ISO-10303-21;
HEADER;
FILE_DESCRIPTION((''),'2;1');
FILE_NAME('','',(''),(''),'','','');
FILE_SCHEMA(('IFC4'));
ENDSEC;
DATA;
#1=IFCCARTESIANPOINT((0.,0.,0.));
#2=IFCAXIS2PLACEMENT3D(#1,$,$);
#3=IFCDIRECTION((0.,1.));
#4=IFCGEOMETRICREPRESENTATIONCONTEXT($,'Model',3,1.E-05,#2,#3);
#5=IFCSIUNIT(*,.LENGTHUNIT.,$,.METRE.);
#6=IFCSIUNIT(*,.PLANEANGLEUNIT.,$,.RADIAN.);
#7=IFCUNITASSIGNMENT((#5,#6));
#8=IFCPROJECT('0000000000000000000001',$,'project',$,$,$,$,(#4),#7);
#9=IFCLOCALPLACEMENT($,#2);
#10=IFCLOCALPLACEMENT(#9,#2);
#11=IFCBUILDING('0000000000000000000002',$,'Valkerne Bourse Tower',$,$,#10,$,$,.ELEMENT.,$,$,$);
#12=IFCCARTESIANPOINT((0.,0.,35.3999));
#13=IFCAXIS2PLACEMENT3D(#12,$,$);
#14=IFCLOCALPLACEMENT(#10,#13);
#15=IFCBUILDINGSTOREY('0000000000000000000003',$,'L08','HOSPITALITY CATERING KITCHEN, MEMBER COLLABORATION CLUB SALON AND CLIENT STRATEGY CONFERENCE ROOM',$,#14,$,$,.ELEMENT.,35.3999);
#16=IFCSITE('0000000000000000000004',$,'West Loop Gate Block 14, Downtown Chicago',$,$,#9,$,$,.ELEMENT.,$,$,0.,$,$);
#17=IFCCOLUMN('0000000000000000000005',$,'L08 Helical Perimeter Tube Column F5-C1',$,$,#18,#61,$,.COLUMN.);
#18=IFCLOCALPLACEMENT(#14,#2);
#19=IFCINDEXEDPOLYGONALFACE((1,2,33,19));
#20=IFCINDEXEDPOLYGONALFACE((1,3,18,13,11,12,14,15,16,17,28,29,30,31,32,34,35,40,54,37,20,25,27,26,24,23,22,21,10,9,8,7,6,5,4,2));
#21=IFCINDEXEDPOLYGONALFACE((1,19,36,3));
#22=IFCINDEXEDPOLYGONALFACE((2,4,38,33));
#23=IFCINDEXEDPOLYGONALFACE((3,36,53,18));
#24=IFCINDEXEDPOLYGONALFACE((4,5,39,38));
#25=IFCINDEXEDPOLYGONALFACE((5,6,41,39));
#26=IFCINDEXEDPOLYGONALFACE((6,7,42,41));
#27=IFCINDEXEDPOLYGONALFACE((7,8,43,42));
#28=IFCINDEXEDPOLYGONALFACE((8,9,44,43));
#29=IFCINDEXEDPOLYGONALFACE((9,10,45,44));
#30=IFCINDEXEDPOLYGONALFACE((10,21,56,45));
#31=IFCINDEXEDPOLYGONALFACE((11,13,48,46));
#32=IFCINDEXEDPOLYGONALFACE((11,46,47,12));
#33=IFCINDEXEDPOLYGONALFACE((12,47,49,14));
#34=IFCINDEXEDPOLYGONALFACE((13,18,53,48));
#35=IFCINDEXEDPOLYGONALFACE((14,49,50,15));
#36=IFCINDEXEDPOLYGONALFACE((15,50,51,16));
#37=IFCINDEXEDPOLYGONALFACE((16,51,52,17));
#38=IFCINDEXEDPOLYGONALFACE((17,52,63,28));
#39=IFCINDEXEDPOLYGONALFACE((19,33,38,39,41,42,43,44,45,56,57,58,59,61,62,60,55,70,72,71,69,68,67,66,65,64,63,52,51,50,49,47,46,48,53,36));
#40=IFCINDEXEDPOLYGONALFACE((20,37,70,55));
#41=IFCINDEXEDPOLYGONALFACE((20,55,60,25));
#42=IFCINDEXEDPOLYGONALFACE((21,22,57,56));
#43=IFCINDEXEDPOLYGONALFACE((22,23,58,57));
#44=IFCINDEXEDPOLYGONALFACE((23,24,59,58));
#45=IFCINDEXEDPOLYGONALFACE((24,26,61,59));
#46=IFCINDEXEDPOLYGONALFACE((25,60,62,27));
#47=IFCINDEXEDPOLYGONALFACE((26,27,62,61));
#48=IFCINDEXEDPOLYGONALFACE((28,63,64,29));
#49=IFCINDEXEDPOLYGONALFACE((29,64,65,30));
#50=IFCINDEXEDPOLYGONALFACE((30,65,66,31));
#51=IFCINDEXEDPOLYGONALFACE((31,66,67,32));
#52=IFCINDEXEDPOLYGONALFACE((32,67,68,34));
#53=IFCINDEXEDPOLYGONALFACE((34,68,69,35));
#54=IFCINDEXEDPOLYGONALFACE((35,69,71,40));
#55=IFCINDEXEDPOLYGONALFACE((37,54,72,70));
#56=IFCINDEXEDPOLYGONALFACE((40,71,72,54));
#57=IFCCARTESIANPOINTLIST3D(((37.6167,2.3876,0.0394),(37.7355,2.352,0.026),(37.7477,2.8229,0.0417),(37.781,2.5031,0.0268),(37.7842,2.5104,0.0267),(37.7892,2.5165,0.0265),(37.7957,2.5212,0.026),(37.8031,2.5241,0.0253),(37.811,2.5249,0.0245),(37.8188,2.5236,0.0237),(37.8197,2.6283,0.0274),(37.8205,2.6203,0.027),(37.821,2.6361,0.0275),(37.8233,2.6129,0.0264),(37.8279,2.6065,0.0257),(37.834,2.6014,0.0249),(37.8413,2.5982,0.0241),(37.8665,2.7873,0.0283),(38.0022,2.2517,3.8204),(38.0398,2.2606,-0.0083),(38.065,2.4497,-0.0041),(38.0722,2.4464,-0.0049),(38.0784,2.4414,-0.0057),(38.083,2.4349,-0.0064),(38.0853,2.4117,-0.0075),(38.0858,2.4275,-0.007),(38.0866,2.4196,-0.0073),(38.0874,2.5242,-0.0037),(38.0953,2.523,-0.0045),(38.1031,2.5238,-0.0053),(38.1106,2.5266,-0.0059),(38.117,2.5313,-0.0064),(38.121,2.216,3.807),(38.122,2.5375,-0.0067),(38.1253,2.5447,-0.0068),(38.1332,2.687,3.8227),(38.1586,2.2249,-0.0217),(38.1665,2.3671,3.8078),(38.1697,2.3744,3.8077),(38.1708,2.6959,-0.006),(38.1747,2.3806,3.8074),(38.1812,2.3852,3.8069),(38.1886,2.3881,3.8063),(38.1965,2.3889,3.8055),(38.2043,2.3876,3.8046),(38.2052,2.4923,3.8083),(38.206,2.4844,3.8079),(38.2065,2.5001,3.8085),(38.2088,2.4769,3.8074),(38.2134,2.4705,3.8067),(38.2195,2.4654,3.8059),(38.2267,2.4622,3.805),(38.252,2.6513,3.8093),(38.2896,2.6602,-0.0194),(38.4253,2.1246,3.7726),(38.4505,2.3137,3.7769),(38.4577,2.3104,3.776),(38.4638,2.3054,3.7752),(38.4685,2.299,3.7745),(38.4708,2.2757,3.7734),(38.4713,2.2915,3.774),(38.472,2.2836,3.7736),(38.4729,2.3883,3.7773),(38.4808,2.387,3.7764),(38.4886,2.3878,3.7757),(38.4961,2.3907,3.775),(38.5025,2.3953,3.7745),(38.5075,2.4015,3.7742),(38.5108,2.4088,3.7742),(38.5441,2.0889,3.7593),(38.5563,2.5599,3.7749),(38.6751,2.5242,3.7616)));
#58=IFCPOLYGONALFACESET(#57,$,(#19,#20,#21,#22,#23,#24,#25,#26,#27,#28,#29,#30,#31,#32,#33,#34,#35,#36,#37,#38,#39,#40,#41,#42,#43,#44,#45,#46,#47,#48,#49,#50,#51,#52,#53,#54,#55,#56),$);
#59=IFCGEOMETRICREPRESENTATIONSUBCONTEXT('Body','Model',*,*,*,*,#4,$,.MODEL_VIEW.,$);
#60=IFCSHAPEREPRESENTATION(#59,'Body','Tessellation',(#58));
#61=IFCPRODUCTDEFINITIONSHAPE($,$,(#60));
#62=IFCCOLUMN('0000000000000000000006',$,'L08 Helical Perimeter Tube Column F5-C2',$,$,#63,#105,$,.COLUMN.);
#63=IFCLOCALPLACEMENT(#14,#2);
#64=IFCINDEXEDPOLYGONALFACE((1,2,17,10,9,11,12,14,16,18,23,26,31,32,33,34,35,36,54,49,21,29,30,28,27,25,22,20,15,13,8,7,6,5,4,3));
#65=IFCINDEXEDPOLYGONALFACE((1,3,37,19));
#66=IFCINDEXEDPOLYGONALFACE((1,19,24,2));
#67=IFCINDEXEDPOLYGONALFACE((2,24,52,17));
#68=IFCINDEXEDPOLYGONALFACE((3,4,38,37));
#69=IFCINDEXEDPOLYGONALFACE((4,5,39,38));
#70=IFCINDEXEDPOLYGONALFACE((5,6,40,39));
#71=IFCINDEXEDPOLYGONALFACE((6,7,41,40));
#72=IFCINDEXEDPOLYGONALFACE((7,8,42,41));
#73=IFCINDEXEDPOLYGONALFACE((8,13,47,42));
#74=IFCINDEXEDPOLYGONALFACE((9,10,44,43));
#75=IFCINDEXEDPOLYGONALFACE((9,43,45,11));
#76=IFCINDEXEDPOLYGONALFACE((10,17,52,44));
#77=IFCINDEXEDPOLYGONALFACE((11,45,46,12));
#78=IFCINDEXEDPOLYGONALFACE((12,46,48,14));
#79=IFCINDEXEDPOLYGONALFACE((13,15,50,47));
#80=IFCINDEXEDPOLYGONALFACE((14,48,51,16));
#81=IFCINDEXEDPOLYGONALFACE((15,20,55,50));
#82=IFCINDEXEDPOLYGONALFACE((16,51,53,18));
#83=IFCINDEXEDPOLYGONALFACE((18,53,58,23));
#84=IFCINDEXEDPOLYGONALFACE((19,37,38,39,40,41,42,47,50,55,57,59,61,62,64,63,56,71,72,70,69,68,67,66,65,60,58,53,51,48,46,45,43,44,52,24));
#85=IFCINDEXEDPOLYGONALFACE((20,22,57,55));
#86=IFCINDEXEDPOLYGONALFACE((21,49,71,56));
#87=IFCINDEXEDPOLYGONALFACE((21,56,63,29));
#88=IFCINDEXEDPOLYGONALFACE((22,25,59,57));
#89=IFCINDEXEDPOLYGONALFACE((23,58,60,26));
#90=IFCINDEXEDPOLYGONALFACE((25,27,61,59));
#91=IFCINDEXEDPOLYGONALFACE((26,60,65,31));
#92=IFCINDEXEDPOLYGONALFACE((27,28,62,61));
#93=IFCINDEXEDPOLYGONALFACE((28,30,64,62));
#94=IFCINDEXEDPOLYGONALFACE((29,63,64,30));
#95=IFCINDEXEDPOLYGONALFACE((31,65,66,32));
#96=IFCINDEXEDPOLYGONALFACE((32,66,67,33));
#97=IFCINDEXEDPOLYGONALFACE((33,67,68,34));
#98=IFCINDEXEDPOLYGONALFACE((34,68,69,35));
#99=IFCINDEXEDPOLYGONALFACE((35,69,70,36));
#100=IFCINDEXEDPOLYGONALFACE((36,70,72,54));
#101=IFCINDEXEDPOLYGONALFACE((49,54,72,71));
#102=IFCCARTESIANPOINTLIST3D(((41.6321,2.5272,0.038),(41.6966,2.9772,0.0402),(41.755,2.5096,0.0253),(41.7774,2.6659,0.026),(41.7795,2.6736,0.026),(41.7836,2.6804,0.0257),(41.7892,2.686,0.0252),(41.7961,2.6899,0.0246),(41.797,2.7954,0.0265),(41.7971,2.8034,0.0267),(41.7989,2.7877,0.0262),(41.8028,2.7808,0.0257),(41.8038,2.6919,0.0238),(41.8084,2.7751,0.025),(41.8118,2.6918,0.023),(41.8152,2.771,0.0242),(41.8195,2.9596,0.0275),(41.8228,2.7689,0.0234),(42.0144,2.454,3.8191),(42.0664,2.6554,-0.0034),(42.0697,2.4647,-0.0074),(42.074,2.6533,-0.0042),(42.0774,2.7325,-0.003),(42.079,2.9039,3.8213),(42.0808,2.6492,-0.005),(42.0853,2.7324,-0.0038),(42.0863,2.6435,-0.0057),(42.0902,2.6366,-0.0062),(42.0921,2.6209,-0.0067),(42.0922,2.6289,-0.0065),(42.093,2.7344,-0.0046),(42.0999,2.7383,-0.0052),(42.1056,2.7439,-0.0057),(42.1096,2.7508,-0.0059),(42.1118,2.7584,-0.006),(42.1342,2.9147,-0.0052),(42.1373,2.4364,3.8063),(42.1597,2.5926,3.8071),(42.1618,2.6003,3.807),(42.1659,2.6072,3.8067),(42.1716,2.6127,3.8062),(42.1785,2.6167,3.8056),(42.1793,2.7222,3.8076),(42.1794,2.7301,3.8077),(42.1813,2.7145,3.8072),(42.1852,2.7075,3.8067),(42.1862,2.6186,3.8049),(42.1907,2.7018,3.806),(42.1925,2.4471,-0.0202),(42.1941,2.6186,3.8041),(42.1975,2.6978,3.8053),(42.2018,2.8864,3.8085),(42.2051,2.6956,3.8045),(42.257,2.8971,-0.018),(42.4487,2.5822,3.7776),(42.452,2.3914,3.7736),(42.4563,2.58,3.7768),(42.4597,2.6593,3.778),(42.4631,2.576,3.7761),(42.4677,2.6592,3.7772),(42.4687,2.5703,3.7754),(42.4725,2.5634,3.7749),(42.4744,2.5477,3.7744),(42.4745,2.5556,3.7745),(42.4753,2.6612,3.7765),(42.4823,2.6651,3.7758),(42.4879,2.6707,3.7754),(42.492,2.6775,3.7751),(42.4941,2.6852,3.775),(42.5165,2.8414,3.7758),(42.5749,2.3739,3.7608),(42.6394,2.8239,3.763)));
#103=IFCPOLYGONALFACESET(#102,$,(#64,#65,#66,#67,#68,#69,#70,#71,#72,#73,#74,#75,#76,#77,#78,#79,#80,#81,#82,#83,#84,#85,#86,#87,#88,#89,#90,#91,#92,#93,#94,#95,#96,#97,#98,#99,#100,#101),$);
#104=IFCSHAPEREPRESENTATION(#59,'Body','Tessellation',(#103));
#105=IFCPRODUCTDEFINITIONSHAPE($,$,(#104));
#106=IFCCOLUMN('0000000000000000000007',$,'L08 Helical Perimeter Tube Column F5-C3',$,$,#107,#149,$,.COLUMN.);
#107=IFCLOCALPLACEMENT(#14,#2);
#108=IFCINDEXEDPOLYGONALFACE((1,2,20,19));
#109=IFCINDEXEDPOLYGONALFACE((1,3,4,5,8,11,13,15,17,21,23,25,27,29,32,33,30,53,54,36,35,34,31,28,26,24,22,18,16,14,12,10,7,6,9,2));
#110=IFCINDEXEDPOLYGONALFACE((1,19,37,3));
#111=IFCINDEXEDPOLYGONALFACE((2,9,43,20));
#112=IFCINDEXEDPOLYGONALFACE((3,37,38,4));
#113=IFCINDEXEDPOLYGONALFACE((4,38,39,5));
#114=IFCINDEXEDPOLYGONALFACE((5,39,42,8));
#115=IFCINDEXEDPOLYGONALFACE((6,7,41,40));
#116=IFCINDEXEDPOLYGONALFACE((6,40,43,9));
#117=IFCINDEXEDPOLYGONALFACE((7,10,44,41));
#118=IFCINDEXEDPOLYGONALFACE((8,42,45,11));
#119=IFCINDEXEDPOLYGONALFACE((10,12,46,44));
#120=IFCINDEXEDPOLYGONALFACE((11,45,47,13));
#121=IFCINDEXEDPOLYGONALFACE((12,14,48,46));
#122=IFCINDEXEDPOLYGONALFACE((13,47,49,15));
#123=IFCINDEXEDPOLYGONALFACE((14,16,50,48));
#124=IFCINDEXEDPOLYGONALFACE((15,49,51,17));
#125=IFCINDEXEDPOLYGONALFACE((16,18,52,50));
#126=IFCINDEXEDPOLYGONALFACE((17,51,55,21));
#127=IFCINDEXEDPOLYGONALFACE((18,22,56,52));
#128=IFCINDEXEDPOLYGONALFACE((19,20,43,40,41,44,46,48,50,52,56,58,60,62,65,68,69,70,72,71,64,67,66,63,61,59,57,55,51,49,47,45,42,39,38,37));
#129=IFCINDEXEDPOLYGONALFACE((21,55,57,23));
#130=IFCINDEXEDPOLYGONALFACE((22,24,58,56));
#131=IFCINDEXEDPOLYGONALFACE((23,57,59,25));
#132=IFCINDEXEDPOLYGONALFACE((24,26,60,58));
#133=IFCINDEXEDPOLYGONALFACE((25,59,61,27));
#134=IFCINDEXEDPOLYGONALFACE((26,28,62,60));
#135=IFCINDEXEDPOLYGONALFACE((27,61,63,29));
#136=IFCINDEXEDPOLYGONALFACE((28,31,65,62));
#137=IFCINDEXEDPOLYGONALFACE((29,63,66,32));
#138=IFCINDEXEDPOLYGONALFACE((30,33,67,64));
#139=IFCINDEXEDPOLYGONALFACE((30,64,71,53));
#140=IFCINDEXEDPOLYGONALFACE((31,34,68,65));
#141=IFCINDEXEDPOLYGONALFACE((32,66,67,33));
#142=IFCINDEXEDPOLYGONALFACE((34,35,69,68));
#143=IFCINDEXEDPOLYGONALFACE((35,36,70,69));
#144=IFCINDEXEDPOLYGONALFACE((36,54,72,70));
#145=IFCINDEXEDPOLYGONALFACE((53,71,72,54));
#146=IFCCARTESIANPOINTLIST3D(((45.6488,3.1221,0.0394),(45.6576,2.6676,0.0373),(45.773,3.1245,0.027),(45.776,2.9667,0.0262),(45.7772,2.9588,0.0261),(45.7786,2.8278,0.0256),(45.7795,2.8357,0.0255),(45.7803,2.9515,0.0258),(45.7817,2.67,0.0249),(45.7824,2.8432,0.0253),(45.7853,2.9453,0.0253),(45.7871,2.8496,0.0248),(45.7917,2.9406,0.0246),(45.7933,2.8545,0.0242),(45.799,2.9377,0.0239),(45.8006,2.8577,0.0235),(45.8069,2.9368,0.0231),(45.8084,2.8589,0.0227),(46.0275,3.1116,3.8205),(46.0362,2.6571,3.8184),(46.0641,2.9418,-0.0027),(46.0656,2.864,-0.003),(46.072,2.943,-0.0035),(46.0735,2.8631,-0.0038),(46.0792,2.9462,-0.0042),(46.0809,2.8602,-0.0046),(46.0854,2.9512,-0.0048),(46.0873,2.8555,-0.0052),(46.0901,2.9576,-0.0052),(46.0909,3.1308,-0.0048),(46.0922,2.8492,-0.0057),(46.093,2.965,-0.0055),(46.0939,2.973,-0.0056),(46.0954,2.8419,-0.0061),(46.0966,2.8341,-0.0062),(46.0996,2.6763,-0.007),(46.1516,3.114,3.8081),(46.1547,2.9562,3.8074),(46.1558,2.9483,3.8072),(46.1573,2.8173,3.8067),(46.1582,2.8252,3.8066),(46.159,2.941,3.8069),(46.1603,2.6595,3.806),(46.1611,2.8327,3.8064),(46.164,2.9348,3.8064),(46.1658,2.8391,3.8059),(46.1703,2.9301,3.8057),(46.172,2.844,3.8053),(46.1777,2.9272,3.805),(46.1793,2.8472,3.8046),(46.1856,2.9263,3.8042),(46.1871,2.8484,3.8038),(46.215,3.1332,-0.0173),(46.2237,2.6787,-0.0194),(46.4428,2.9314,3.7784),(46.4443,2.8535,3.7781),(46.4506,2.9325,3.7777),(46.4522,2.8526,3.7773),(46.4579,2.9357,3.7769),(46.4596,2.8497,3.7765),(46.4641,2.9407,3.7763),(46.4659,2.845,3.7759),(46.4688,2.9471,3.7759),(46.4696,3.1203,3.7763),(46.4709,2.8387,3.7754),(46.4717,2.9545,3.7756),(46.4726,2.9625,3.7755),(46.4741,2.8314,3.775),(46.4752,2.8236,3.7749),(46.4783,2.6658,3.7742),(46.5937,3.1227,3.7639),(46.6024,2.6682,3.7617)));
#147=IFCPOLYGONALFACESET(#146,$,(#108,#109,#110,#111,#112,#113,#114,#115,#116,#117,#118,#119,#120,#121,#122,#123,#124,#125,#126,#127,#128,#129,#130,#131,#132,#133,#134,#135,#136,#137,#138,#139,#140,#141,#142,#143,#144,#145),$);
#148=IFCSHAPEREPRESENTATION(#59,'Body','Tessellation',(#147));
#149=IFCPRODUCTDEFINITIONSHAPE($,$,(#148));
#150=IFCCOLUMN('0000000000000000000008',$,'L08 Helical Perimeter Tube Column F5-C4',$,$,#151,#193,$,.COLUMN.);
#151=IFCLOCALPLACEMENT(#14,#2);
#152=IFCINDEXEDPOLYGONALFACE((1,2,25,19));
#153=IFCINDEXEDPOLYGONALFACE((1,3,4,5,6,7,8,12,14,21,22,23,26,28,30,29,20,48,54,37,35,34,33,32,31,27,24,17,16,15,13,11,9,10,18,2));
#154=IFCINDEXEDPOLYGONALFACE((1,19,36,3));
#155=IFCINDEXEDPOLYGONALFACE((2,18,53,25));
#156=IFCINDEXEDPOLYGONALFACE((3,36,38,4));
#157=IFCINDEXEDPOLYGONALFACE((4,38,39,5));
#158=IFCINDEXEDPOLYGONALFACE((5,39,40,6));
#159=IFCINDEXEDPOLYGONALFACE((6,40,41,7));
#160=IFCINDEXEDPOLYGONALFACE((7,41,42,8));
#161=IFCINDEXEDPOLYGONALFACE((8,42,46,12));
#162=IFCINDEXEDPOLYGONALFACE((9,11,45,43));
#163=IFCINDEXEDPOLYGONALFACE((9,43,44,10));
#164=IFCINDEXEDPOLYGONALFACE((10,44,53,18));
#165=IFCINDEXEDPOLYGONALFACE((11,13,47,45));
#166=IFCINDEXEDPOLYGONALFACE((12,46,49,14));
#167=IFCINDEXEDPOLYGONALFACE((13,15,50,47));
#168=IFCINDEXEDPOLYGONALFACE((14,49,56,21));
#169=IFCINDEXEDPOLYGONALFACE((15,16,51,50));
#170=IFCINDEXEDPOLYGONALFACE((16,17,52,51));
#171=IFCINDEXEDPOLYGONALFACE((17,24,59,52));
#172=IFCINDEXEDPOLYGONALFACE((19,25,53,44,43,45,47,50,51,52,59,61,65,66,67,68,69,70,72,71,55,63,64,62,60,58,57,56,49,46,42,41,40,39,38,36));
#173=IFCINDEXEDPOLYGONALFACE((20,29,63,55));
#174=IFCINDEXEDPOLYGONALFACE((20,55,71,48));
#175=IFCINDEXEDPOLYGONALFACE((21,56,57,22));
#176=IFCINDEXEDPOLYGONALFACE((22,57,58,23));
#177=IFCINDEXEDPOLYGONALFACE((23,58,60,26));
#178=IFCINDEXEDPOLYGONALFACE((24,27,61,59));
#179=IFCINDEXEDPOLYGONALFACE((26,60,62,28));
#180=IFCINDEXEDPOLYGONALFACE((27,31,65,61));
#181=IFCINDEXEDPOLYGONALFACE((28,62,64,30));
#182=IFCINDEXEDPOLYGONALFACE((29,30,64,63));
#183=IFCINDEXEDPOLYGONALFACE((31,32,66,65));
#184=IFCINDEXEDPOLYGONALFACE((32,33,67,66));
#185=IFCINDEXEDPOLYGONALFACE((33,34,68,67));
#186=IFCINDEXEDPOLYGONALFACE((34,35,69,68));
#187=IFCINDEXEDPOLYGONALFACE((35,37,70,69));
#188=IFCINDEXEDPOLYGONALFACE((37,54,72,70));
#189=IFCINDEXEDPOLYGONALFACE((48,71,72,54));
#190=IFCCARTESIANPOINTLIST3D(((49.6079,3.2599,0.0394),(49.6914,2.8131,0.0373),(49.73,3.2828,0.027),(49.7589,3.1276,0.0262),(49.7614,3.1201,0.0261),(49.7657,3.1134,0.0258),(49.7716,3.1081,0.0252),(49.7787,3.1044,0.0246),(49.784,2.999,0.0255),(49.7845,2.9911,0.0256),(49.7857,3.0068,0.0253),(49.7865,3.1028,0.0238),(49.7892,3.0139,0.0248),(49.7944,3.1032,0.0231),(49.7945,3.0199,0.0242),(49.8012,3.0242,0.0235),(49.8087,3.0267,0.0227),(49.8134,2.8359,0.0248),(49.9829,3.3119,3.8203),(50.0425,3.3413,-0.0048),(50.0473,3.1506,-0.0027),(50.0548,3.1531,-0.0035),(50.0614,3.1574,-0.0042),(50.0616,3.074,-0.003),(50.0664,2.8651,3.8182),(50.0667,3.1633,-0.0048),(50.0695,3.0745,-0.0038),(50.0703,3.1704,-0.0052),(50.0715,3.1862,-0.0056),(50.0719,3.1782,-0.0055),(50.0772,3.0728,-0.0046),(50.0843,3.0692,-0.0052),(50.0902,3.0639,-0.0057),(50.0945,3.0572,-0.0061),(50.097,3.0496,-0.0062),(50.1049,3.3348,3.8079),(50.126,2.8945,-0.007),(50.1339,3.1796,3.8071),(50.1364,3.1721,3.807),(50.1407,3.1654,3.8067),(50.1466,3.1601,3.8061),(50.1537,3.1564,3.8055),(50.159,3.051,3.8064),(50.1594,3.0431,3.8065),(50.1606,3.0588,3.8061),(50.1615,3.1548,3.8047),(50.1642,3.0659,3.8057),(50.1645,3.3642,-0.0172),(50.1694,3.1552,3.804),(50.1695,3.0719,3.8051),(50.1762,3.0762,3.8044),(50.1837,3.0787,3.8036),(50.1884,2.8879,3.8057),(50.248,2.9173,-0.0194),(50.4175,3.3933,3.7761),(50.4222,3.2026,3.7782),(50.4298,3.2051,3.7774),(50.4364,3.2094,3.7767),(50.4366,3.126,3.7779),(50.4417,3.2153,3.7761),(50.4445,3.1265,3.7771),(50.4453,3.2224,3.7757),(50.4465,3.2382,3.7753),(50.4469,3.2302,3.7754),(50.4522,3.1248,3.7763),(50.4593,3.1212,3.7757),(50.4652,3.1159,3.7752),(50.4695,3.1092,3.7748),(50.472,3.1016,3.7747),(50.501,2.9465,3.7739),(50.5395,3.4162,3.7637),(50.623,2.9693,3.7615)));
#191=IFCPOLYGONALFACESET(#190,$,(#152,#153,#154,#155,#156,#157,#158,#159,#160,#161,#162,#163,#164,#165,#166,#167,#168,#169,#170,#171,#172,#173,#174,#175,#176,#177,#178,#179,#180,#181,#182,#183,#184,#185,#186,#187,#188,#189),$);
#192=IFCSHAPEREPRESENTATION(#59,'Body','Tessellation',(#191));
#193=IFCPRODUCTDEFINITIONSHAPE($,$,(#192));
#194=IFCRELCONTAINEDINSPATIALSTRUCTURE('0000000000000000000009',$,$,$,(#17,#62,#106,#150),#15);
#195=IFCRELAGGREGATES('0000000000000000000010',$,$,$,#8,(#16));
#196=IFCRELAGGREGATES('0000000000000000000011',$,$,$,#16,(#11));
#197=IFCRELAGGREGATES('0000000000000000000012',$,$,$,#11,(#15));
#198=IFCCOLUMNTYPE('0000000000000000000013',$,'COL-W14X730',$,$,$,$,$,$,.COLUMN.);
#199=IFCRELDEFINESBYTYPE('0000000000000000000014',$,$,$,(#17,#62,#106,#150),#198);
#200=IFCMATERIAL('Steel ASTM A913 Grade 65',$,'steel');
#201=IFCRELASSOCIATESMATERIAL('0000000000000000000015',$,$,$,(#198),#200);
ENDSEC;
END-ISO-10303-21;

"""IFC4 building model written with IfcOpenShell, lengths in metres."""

from ifc_helpers import new_model, si_unit, direction, frame, origin, origin_2d, place, context, subcontext, project, spatial, i_section, extrude, material, material_profile, profile_set, type_object, element, save


model = new_model("IFC4")

# Units and contexts
model_context = context("Model", 3, precision=1e-05, world=origin(), true_north=direction((0.0, 1.0)))
body_context = subcontext(model_context, "Body", "Model", "MODEL_VIEW")
ifc_project = project(units=[si_unit("LENGTHUNIT", "METRE"), si_unit("PLANEANGLEUNIT", "RADIAN")], contexts=[model_context])

# Site, building, storey
site_placement = place(None, origin())
site = spatial("IfcSite", under=ifc_project, at=site_placement, Name="West Loop Gate Block 14, Downtown Chicago", CompositionType="ELEMENT", RefElevation=0.0)
building_placement = place(site_placement, origin())
building = spatial("IfcBuilding", under=site, at=building_placement, Name="Valkerne Bourse Tower", CompositionType="ELEMENT")
storey_placement = place(building_placement, frame((0.0, 0.0, 35.3999)))
storey = spatial("IfcBuildingStorey", under=building, at=storey_placement, Name="L08", Description="HOSPITALITY CATERING KITCHEN, MEMBER COLLABORATION CLUB SALON AND CLIENT STRATEGY CONFERENCE ROOM", CompositionType="ELEMENT", Elevation=35.3999)

# Columns
ifc_material_1 = material(Name="Steel ASTM A913 Grade 65", Category="steel")
ifc_material_profile_1 = material_profile(ifc_material_1, i_section(OverallWidth=0.4546, OverallDepth=0.5691, WebThickness=0.0779, FlangeThickness=0.1248, FilletRadius=0.0305, at=origin_2d()), Name="W14X730")
ifc_profile_set_1 = profile_set([ifc_material_profile_1], Name="Steel ASTM A913 Grade 65")
column_type = type_object("IfcColumnType", Name="COL-W14X730", PredefinedType="COLUMN", material=ifc_profile_set_1)
column_1_placement = place(storey_placement, frame((37.9531, 2.5239, 0.01), z_axis=(0.101366, -0.035757, 0.994206), x_axis=(0.288128, 0.957578, 0.005063)))
element("IfcColumn", 1, at=column_1_placement, inside=storey, type_object=column_type, Name="L08 Helical Perimeter Tube Column F5-C1", PredefinedType="COLUMN", context=body_context, shape_type="SweptSolid", body=[
    extrude(i_section(OverallWidth=0.4546, OverallDepth=0.5691, WebThickness=0.0779, FlangeThickness=0.1248, FilletRadius=0.0305, at=origin_2d()), origin(), (0.0, 0.0, 1.0), 3.803),
])
column_2_placement = place(storey_placement, frame((41.9446, 2.7122, 0.01), z_axis=(0.100585, -0.019269, 0.994742), x_axis=(0.141919, 0.989867, 0.004824)))
element("IfcColumn", 2, at=column_2_placement, inside=storey, type_object=column_type, Name="L08 Helical Perimeter Tube Column F5-C2", PredefinedType="COLUMN", context=body_context, shape_type="SweptSolid", body=[
    extrude(i_section(OverallWidth=0.4546, OverallDepth=0.5691, WebThickness=0.0779, FlangeThickness=0.1248, FilletRadius=0.0305, at=origin_2d()), origin(), (0.0, 0.0, 1.0), 3.801),
])
column_3_placement = place(storey_placement, frame((45.9363, 2.9004, 0.01), z_axis=(0.09965, -0.002763, 0.995019), x_axis=(-0.019171, 0.999805, 0.004696)))
element("IfcColumn", 3, at=column_3_placement, inside=storey, type_object=column_type, Name="L08 Helical Perimeter Tube Column F5-C3", PredefinedType="COLUMN", context=body_context, shape_type="SweptSolid", body=[
    extrude(i_section(OverallWidth=0.4546, OverallDepth=0.5691, WebThickness=0.0779, FlangeThickness=0.1248, FilletRadius=0.0305, at=origin_2d()), origin(), (0.0, 0.0, 1.0), 3.8),
])
column_4_placement = place(storey_placement, frame((49.928, 3.0886, 0.01), z_axis=(0.098686, 0.013685, 0.995024), x_axis=(-0.183633, 0.982984, 0.004693)))
element("IfcColumn", 4, at=column_4_placement, inside=storey, type_object=column_type, Name="L08 Helical Perimeter Tube Column F5-C4", PredefinedType="COLUMN", context=body_context, shape_type="SweptSolid", body=[
    extrude(i_section(OverallWidth=0.4546, OverallDepth=0.5691, WebThickness=0.0779, FlangeThickness=0.1248, FilletRadius=0.0305, at=origin_2d()), origin(), (0.0, 0.0, 1.0), 3.7998),
])

save(model, "model.ifc")
